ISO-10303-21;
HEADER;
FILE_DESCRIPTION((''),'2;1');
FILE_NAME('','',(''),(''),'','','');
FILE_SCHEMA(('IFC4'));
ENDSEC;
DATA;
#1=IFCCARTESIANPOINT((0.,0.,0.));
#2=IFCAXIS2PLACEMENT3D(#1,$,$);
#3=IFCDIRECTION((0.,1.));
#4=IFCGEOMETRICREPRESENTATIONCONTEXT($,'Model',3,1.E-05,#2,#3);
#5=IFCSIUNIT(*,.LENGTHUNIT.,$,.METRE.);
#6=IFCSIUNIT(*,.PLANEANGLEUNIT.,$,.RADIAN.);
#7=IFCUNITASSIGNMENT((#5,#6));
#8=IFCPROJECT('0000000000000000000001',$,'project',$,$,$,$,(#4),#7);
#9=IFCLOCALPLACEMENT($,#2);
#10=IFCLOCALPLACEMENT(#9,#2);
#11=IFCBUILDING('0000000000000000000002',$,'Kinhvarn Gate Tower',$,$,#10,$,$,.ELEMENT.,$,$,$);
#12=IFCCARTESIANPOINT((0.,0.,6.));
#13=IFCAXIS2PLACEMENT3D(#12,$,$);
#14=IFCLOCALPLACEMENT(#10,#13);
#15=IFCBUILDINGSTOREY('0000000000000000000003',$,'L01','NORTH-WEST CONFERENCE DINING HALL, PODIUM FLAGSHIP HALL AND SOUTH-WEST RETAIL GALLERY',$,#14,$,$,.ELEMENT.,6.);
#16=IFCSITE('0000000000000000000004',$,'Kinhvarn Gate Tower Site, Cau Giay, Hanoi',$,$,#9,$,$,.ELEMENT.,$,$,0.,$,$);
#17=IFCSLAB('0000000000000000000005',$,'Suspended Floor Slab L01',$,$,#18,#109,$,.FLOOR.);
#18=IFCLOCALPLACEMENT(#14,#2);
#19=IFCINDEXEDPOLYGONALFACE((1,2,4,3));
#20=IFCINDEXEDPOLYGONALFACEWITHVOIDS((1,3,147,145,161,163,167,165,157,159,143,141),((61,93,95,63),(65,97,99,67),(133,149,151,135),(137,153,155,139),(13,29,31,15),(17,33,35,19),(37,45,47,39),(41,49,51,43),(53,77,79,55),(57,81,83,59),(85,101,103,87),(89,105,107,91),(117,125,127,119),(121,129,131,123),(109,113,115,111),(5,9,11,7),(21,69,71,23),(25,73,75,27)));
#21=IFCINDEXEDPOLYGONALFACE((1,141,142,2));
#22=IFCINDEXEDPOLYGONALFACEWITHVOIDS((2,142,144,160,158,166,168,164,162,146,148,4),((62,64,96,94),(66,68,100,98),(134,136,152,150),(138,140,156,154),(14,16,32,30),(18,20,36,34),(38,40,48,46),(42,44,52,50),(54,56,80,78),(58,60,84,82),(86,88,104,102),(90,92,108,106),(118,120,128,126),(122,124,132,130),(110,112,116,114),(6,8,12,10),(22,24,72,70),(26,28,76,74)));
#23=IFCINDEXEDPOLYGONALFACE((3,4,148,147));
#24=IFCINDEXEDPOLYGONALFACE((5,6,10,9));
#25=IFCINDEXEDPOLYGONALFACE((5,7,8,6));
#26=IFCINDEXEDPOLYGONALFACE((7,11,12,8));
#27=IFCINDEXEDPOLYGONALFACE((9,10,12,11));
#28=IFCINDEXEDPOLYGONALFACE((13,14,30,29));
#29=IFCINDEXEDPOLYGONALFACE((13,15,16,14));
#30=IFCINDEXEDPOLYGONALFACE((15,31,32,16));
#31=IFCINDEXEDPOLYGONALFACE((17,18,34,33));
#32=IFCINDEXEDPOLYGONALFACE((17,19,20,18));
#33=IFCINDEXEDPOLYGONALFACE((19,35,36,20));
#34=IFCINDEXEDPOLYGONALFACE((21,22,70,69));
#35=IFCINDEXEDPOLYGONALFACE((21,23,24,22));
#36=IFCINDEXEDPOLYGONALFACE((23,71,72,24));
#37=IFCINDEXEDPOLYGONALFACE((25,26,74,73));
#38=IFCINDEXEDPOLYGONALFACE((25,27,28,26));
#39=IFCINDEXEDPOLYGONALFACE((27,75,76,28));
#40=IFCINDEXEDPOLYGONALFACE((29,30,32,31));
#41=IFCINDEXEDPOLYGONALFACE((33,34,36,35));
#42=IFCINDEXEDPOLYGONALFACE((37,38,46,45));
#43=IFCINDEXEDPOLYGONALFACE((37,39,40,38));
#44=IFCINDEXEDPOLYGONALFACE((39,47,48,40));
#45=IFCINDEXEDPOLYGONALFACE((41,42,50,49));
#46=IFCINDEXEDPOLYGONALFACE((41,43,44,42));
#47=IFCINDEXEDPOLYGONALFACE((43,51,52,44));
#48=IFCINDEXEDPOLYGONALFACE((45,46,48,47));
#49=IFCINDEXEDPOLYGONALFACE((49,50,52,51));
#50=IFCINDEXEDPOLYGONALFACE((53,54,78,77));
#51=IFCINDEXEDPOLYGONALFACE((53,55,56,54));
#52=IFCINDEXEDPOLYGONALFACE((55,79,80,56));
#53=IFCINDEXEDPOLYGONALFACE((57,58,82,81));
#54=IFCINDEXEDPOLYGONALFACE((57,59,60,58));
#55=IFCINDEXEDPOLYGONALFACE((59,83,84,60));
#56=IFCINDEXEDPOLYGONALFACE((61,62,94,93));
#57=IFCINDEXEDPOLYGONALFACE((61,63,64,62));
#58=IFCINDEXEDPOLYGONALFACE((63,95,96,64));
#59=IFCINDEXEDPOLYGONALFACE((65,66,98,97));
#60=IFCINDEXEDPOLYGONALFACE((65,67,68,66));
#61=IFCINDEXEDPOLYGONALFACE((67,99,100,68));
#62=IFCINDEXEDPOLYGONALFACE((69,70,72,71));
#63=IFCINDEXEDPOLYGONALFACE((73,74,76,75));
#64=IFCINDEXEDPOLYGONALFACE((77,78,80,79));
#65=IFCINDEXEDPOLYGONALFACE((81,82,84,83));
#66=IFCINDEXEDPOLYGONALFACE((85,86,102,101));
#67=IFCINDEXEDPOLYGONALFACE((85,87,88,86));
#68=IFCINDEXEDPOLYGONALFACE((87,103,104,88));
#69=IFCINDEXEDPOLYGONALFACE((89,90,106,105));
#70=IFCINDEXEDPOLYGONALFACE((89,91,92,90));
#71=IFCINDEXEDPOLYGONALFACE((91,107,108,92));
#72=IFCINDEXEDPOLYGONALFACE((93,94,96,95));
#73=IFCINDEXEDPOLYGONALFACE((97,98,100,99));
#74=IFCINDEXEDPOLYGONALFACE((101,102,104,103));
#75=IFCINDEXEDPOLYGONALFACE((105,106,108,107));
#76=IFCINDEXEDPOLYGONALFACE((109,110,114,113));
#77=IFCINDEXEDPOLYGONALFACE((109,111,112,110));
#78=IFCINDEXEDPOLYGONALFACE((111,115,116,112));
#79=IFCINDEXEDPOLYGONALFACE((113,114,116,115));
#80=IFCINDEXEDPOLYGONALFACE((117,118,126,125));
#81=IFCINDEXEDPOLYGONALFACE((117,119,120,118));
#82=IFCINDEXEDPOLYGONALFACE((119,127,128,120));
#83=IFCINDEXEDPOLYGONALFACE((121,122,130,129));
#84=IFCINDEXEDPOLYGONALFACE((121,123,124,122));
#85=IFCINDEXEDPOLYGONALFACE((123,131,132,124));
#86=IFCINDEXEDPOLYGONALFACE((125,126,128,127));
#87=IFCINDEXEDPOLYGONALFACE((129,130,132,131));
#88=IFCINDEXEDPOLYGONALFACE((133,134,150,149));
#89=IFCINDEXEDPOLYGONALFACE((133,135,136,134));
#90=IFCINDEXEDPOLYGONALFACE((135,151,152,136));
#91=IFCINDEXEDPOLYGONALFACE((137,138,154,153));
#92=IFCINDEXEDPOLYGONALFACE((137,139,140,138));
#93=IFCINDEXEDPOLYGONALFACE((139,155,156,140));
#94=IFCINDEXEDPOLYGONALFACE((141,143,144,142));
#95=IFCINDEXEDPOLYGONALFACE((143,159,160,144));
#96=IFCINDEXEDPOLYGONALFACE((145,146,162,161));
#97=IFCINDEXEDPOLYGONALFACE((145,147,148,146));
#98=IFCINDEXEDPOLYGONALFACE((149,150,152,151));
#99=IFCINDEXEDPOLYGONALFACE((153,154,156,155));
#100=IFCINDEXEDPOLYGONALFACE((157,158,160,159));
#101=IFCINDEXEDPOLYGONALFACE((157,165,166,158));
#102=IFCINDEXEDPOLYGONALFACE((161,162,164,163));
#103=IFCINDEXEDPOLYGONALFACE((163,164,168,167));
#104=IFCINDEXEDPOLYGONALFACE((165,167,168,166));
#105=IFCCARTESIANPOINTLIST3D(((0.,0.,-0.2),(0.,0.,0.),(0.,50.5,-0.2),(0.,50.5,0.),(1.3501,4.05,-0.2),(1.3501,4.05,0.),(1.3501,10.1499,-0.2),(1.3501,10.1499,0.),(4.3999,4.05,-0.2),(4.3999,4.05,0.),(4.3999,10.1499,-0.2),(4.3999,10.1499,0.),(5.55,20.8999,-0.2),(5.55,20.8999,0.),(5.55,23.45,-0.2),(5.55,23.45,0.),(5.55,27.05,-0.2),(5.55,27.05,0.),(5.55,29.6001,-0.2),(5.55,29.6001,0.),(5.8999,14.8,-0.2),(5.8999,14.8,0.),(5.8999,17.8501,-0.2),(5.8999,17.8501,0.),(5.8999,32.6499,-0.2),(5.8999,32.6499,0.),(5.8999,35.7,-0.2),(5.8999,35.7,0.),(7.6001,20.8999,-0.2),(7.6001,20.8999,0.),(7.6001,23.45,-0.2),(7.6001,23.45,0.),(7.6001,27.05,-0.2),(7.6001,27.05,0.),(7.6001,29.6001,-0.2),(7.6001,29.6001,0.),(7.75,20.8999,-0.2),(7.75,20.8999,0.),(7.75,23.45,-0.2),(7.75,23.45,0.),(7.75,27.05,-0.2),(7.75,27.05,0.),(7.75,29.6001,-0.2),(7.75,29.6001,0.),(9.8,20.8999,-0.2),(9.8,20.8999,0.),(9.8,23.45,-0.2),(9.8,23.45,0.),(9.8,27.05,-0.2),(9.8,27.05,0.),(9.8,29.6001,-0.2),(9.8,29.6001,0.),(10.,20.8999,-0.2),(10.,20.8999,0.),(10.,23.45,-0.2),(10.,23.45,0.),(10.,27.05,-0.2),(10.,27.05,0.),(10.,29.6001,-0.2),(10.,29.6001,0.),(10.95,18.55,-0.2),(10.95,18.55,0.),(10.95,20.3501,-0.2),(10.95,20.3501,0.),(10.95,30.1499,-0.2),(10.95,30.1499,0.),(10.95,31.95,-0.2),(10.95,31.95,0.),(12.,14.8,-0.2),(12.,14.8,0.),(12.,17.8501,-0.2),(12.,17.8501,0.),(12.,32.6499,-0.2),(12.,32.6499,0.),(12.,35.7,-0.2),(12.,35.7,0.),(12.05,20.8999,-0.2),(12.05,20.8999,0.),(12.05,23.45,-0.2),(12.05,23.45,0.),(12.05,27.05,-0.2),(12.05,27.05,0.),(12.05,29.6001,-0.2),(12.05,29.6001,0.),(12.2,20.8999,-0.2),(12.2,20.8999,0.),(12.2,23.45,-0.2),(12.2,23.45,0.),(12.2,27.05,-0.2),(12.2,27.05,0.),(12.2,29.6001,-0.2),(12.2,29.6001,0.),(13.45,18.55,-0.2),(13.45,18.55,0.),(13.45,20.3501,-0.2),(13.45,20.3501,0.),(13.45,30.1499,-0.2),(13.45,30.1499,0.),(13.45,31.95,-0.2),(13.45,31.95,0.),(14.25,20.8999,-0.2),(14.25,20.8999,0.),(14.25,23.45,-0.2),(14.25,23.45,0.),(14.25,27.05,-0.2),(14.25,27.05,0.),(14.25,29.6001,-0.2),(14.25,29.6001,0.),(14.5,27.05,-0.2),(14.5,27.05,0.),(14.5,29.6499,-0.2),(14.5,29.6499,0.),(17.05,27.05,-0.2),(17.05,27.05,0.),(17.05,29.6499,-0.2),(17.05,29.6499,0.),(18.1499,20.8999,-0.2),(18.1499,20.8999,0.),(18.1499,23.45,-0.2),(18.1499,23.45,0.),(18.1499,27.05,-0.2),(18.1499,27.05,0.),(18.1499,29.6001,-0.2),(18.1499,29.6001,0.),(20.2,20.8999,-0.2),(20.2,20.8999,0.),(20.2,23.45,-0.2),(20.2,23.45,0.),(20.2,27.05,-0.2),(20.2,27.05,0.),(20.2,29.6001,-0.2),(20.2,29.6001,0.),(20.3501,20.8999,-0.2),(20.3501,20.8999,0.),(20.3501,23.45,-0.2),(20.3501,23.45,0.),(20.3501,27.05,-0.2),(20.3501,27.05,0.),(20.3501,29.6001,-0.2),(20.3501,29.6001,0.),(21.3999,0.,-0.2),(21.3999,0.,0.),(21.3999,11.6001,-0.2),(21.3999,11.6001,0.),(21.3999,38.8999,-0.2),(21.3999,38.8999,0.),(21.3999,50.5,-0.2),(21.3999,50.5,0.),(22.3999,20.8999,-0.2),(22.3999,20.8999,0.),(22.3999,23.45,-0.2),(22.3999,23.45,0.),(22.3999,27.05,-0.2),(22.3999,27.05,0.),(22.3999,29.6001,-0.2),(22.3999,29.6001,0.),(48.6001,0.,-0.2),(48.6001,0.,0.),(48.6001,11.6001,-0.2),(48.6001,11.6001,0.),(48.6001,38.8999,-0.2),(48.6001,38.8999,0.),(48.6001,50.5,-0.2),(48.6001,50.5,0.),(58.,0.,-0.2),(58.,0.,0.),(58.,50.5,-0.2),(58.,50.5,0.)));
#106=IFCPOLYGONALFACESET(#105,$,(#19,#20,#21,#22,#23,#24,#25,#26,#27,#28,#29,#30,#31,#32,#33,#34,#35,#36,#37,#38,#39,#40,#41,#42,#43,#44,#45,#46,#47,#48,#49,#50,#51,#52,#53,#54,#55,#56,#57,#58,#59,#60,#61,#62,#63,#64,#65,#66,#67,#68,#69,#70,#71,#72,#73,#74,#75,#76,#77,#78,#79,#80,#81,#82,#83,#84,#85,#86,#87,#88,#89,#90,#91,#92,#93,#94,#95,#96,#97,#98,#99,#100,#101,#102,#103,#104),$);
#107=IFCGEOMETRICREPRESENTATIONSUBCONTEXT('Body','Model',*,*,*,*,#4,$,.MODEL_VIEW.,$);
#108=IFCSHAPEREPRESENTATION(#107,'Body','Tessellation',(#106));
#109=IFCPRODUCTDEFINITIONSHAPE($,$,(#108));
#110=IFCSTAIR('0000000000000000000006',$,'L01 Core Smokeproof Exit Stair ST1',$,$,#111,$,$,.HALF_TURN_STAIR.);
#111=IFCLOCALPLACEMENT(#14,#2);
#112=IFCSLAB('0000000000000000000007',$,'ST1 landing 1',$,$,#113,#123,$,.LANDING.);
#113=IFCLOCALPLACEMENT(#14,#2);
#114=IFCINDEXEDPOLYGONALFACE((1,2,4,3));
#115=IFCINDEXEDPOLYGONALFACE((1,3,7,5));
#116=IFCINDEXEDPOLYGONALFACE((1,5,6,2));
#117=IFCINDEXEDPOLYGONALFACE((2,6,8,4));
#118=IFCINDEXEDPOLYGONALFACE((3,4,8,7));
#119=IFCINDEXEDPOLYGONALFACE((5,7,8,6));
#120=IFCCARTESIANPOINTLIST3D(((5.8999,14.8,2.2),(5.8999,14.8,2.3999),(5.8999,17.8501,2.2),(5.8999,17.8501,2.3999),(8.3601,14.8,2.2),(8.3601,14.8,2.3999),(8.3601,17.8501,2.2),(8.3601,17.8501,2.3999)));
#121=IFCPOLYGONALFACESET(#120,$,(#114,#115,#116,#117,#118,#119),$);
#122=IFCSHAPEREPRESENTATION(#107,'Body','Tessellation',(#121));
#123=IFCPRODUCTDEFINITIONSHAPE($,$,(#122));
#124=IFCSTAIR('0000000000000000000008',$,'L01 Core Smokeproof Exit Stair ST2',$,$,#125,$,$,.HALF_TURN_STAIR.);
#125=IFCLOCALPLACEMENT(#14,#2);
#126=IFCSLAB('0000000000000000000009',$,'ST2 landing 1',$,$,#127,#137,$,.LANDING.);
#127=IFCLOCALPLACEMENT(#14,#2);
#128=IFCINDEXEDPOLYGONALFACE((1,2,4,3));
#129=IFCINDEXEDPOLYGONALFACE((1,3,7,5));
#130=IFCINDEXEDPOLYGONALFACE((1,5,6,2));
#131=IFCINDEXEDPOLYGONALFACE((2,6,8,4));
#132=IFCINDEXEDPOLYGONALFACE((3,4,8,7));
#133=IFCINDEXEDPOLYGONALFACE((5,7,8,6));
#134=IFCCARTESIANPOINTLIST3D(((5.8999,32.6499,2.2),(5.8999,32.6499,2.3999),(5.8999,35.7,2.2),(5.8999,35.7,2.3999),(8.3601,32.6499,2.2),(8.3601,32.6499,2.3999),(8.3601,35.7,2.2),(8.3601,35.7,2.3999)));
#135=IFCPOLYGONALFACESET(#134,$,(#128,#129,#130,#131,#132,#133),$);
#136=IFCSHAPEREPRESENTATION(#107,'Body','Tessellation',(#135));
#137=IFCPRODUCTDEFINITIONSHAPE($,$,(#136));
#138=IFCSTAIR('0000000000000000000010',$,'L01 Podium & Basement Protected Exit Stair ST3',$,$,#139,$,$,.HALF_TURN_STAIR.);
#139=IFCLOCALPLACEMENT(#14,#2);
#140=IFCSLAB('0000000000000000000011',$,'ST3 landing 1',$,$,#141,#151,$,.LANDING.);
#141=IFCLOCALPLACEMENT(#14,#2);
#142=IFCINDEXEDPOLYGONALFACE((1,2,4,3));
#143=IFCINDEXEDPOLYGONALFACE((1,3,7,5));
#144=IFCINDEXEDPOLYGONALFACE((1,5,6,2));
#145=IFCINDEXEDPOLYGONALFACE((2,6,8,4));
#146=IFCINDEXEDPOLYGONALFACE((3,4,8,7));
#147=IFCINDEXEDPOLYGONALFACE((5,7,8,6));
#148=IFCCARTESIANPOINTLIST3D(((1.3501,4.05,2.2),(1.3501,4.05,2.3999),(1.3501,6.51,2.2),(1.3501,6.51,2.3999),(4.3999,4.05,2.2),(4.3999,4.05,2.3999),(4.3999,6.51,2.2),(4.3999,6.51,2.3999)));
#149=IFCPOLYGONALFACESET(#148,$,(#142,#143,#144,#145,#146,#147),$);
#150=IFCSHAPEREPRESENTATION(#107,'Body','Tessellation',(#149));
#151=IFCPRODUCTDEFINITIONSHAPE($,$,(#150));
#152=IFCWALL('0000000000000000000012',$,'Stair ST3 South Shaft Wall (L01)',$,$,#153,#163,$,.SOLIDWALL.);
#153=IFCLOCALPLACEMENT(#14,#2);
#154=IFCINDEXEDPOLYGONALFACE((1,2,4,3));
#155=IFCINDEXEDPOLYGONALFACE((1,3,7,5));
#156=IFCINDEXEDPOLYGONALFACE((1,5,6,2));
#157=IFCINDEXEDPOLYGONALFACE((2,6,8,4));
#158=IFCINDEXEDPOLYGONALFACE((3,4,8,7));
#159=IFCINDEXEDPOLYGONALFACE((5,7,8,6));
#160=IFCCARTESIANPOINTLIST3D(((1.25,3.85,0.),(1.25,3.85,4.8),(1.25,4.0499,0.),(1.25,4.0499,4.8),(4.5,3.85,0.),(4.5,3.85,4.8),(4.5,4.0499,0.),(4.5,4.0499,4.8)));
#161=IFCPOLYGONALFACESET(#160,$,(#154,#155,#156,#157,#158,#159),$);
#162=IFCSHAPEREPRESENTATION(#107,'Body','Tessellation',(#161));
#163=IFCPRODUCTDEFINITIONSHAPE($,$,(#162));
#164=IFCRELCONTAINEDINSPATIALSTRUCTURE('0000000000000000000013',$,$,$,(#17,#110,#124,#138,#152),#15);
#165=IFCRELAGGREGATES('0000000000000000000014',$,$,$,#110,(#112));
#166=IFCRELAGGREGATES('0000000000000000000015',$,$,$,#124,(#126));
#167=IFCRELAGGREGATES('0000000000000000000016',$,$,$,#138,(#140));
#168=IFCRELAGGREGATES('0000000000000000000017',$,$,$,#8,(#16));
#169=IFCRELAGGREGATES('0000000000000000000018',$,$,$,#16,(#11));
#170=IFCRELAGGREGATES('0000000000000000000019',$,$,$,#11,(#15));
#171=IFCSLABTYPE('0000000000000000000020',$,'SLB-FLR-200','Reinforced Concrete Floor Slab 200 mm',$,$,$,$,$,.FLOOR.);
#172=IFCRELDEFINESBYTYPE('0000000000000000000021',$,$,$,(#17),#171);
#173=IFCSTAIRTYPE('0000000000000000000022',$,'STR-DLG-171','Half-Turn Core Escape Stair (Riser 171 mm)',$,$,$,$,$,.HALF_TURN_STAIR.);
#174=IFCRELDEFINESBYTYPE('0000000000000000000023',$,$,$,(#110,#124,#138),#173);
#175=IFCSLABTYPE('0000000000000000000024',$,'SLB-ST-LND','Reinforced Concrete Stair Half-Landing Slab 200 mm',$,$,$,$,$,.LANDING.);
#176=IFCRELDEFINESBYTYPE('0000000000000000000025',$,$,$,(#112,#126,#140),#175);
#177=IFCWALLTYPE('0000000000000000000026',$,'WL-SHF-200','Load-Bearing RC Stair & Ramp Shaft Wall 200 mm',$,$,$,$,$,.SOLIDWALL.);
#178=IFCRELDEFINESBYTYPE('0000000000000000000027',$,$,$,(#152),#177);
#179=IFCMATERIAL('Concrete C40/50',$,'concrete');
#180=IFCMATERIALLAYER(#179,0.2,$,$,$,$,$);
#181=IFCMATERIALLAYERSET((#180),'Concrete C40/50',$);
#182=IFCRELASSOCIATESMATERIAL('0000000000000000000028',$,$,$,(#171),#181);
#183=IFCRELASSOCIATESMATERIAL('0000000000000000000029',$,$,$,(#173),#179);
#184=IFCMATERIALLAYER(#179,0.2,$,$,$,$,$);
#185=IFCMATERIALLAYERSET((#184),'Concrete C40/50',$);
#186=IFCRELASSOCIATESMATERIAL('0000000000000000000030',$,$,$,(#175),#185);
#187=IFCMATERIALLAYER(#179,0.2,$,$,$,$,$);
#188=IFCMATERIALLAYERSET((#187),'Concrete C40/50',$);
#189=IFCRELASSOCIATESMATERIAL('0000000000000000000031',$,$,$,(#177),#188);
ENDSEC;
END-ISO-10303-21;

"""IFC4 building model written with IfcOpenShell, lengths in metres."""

from ifc_helpers import new_model, si_unit, direction, frame, frame_2d, origin, place, context, subcontext, project, spatial, polyline, rectangle, outline, extrude, material, layer, layer_set, type_object, element, aggregate, save


model = new_model("IFC4")

# Units and contexts
model_context = context("Model", 3, precision=1e-05, world=origin(), true_north=direction((0.0, 1.0)))
body_context = subcontext(model_context, "Body", "Model", "MODEL_VIEW")
ifc_project = project(units=[si_unit("LENGTHUNIT", "METRE"), si_unit("PLANEANGLEUNIT", "RADIAN")], contexts=[model_context])

# Site, building, storey
site_placement = place(None, origin())
site = spatial("IfcSite", under=ifc_project, at=site_placement, Name="Kinhvarn Gate Tower Site, Cau Giay, Hanoi", CompositionType="ELEMENT", RefElevation=0.0)
building_placement = place(site_placement, origin())
building = spatial("IfcBuilding", under=site, at=building_placement, Name="Kinhvarn Gate Tower", CompositionType="ELEMENT")
storey_placement = place(building_placement, frame((0.0, 0.0, 6.0)))
storey = spatial("IfcBuildingStorey", under=building, at=storey_placement, Name="L01", Description="NORTH-WEST CONFERENCE DINING HALL, PODIUM FLAGSHIP HALL AND SOUTH-WEST RETAIL GALLERY", CompositionType="ELEMENT", Elevation=6.0)

# Slab
ifc_material_1 = material(Name="Concrete C40/50", Category="concrete")
ifc_layer_1 = layer(ifc_material_1, 0.2)
ifc_layer_set_1 = layer_set([ifc_layer_1], Name="Concrete C40/50")
slab_type_1 = type_object("IfcSlabType", Name="SLB-FLR-200", Description="Reinforced Concrete Floor Slab 200 mm", PredefinedType="FLOOR", material=ifc_layer_set_1)
slab_1_placement = place(storey_placement, frame((0.0, 0.0, -0.2)))
element("IfcSlab", 1, at=slab_1_placement, inside=storey, type_object=slab_type_1, Name="Suspended Floor Slab L01", PredefinedType="FLOOR", context=body_context, shape_type="SweptSolid", body=[
    extrude(outline(polyline([(0.0, 0.0), (0.0, 50.5), (21.3999, 50.5), (21.3999, 38.8999), (48.6001, 38.8999), (48.6001, 50.5), (58.0, 50.5), (58.0, 0.0), (48.6001, 0.0), (48.6001, 11.6001), (21.3999, 11.6001), (21.3999, 0.0), (0.0, 0.0)]), holes=[polyline([(5.8999, 14.8), (12.0, 14.8), (12.0, 17.8501), (5.8999, 17.8501), (5.8999, 14.8)]), polyline([(5.8999, 32.6499), (12.0, 32.6499), (12.0, 35.7), (5.8999, 35.7), (5.8999, 32.6499)]), polyline([(1.3501, 4.05), (4.3999, 4.05), (4.3999, 10.1499), (1.3501, 10.1499), (1.3501, 4.05)]), polyline([(18.1499, 20.8999), (20.2, 20.8999), (20.2, 23.45), (18.1499, 23.45), (18.1499, 20.8999)]), polyline([(20.3501, 20.8999), (22.3999, 20.8999), (22.3999, 23.45), (20.3501, 23.45), (20.3501, 20.8999)]), polyline([(18.1499, 27.05), (20.2, 27.05), (20.2, 29.6001), (18.1499, 29.6001), (18.1499, 27.05)]), polyline([(20.3501, 27.05), (22.3999, 27.05), (22.3999, 29.6001), (20.3501, 29.6001), (20.3501, 27.05)]), polyline([(5.55, 20.8999), (7.6001, 20.8999), (7.6001, 23.45), (5.55, 23.45), (5.55, 20.8999)]), polyline([(7.75, 20.8999), (9.8, 20.8999), (9.8, 23.45), (7.75, 23.45), (7.75, 20.8999)]), polyline([(5.55, 27.05), (7.6001, 27.05), (7.6001, 29.6001), (5.55, 29.6001), (5.55, 27.05)]), polyline([(7.75, 27.05), (9.8, 27.05), (9.8, 29.6001), (7.75, 29.6001), (7.75, 27.05)]), polyline([(10.0, 20.8999), (12.05, 20.8999), (12.05, 23.45), (10.0, 23.45), (10.0, 20.8999)]), polyline([(12.2, 20.8999), (14.25, 20.8999), (14.25, 23.45), (12.2, 23.45), (12.2, 20.8999)]), polyline([(10.0, 27.05), (12.05, 27.05), (12.05, 29.6001), (10.0, 29.6001), (10.0, 27.05)]), polyline([(12.2, 27.05), (14.25, 27.05), (14.25, 29.6001), (12.2, 29.6001), (12.2, 27.05)]), polyline([(14.5, 27.05), (17.05, 27.05), (17.05, 29.6499), (14.5, 29.6499), (14.5, 27.05)]), polyline([(10.95, 18.55), (13.45, 18.55), (13.45, 20.3501), (10.95, 20.3501), (10.95, 18.55)]), polyline([(10.95, 30.1499), (13.45, 30.1499), (13.45, 31.95), (10.95, 31.95), (10.95, 30.1499)])]), origin(), (0.0, 0.0, 1.0), 0.2),
])

# Stairs, slabs
stair_type = type_object("IfcStairType", Name="STR-DLG-171", Description="Half-Turn Core Escape Stair (Riser 171 mm)", PredefinedType="HALF_TURN_STAIR", material=ifc_material_1)
stair_1_placement = place(storey_placement, origin())
stair_1 = element("IfcStair", 2, at=stair_1_placement, inside=storey, type_object=stair_type, Name="L01 Core Smokeproof Exit Stair ST1", PredefinedType="HALF_TURN_STAIR")
ifc_layer_2 = layer(ifc_material_1, 0.2)
ifc_layer_set_2 = layer_set([ifc_layer_2], Name="Concrete C40/50")
slab_type_2 = type_object("IfcSlabType", Name="SLB-ST-LND", Description="Reinforced Concrete Stair Half-Landing Slab 200 mm", PredefinedType="LANDING", material=ifc_layer_set_2)
slab_2_placement = place(storey_placement, frame((0.0, 0.0, 2.2)))
slab_2 = element("IfcSlab", 3, at=slab_2_placement, type_object=slab_type_2, Name="ST1 landing 1", PredefinedType="LANDING", context=body_context, shape_type="SweptSolid", body=[
    extrude(outline(polyline([(8.3601, 17.8501), (5.8999, 17.8501), (5.8999, 14.8), (8.3601, 14.8), (8.3601, 17.8501)])), origin(), (0.0, 0.0, 1.0), 0.2),
])
aggregate(stair_1, [slab_2])
stair_2_placement = place(storey_placement, origin())
stair_2 = element("IfcStair", 4, at=stair_2_placement, inside=storey, type_object=stair_type, Name="L01 Core Smokeproof Exit Stair ST2", PredefinedType="HALF_TURN_STAIR")
slab_3_placement = place(storey_placement, frame((0.0, 0.0, 2.2)))
slab_3 = element("IfcSlab", 5, at=slab_3_placement, type_object=slab_type_2, Name="ST2 landing 1", PredefinedType="LANDING", context=body_context, shape_type="SweptSolid", body=[
    extrude(outline(polyline([(8.3601, 35.7), (5.8999, 35.7), (5.8999, 32.6499), (8.3601, 32.6499), (8.3601, 35.7)])), origin(), (0.0, 0.0, 1.0), 0.2),
])
aggregate(stair_2, [slab_3])
stair_3_placement = place(storey_placement, origin())
stair_3 = element("IfcStair", 6, at=stair_3_placement, inside=storey, type_object=stair_type, Name="L01 Podium & Basement Protected Exit Stair ST3", PredefinedType="HALF_TURN_STAIR")
slab_4_placement = place(storey_placement, frame((0.0, 0.0, 2.2)))
slab_4 = element("IfcSlab", 7, at=slab_4_placement, type_object=slab_type_2, Name="ST3 landing 1", PredefinedType="LANDING", context=body_context, shape_type="SweptSolid", body=[
    extrude(outline(polyline([(1.3501, 6.51), (1.3501, 4.05), (4.3999, 4.05), (4.3999, 6.51), (1.3501, 6.51)])), origin(), (0.0, 0.0, 1.0), 0.2),
])
aggregate(stair_3, [slab_4])

# Wall
ifc_layer_3 = layer(ifc_material_1, 0.2)
ifc_layer_set_3 = layer_set([ifc_layer_3], Name="Concrete C40/50")
wall_type = type_object("IfcWallType", Name="WL-SHF-200", Description="Load-Bearing RC Stair & Ramp Shaft Wall 200 mm", PredefinedType="SOLIDWALL", material=ifc_layer_set_3)
wall_placement = place(storey_placement, frame((1.25, 3.95, 0.0), z_axis=(0.0, 0.0, 1.0), x_axis=(1.0, 0.0, 0.0)))
element("IfcWall", 8, at=wall_placement, inside=storey, type_object=wall_type, Name="Stair ST3 South Shaft Wall (L01)", PredefinedType="SOLIDWALL", context=body_context, shape_type="SweptSolid", body=[
    extrude(rectangle(XDim=3.25, YDim=0.2, at=frame_2d((1.625, 0.0))), origin(), (0.0, 0.0, 1.0), 4.8),
])

save(model, "model.ifc")
